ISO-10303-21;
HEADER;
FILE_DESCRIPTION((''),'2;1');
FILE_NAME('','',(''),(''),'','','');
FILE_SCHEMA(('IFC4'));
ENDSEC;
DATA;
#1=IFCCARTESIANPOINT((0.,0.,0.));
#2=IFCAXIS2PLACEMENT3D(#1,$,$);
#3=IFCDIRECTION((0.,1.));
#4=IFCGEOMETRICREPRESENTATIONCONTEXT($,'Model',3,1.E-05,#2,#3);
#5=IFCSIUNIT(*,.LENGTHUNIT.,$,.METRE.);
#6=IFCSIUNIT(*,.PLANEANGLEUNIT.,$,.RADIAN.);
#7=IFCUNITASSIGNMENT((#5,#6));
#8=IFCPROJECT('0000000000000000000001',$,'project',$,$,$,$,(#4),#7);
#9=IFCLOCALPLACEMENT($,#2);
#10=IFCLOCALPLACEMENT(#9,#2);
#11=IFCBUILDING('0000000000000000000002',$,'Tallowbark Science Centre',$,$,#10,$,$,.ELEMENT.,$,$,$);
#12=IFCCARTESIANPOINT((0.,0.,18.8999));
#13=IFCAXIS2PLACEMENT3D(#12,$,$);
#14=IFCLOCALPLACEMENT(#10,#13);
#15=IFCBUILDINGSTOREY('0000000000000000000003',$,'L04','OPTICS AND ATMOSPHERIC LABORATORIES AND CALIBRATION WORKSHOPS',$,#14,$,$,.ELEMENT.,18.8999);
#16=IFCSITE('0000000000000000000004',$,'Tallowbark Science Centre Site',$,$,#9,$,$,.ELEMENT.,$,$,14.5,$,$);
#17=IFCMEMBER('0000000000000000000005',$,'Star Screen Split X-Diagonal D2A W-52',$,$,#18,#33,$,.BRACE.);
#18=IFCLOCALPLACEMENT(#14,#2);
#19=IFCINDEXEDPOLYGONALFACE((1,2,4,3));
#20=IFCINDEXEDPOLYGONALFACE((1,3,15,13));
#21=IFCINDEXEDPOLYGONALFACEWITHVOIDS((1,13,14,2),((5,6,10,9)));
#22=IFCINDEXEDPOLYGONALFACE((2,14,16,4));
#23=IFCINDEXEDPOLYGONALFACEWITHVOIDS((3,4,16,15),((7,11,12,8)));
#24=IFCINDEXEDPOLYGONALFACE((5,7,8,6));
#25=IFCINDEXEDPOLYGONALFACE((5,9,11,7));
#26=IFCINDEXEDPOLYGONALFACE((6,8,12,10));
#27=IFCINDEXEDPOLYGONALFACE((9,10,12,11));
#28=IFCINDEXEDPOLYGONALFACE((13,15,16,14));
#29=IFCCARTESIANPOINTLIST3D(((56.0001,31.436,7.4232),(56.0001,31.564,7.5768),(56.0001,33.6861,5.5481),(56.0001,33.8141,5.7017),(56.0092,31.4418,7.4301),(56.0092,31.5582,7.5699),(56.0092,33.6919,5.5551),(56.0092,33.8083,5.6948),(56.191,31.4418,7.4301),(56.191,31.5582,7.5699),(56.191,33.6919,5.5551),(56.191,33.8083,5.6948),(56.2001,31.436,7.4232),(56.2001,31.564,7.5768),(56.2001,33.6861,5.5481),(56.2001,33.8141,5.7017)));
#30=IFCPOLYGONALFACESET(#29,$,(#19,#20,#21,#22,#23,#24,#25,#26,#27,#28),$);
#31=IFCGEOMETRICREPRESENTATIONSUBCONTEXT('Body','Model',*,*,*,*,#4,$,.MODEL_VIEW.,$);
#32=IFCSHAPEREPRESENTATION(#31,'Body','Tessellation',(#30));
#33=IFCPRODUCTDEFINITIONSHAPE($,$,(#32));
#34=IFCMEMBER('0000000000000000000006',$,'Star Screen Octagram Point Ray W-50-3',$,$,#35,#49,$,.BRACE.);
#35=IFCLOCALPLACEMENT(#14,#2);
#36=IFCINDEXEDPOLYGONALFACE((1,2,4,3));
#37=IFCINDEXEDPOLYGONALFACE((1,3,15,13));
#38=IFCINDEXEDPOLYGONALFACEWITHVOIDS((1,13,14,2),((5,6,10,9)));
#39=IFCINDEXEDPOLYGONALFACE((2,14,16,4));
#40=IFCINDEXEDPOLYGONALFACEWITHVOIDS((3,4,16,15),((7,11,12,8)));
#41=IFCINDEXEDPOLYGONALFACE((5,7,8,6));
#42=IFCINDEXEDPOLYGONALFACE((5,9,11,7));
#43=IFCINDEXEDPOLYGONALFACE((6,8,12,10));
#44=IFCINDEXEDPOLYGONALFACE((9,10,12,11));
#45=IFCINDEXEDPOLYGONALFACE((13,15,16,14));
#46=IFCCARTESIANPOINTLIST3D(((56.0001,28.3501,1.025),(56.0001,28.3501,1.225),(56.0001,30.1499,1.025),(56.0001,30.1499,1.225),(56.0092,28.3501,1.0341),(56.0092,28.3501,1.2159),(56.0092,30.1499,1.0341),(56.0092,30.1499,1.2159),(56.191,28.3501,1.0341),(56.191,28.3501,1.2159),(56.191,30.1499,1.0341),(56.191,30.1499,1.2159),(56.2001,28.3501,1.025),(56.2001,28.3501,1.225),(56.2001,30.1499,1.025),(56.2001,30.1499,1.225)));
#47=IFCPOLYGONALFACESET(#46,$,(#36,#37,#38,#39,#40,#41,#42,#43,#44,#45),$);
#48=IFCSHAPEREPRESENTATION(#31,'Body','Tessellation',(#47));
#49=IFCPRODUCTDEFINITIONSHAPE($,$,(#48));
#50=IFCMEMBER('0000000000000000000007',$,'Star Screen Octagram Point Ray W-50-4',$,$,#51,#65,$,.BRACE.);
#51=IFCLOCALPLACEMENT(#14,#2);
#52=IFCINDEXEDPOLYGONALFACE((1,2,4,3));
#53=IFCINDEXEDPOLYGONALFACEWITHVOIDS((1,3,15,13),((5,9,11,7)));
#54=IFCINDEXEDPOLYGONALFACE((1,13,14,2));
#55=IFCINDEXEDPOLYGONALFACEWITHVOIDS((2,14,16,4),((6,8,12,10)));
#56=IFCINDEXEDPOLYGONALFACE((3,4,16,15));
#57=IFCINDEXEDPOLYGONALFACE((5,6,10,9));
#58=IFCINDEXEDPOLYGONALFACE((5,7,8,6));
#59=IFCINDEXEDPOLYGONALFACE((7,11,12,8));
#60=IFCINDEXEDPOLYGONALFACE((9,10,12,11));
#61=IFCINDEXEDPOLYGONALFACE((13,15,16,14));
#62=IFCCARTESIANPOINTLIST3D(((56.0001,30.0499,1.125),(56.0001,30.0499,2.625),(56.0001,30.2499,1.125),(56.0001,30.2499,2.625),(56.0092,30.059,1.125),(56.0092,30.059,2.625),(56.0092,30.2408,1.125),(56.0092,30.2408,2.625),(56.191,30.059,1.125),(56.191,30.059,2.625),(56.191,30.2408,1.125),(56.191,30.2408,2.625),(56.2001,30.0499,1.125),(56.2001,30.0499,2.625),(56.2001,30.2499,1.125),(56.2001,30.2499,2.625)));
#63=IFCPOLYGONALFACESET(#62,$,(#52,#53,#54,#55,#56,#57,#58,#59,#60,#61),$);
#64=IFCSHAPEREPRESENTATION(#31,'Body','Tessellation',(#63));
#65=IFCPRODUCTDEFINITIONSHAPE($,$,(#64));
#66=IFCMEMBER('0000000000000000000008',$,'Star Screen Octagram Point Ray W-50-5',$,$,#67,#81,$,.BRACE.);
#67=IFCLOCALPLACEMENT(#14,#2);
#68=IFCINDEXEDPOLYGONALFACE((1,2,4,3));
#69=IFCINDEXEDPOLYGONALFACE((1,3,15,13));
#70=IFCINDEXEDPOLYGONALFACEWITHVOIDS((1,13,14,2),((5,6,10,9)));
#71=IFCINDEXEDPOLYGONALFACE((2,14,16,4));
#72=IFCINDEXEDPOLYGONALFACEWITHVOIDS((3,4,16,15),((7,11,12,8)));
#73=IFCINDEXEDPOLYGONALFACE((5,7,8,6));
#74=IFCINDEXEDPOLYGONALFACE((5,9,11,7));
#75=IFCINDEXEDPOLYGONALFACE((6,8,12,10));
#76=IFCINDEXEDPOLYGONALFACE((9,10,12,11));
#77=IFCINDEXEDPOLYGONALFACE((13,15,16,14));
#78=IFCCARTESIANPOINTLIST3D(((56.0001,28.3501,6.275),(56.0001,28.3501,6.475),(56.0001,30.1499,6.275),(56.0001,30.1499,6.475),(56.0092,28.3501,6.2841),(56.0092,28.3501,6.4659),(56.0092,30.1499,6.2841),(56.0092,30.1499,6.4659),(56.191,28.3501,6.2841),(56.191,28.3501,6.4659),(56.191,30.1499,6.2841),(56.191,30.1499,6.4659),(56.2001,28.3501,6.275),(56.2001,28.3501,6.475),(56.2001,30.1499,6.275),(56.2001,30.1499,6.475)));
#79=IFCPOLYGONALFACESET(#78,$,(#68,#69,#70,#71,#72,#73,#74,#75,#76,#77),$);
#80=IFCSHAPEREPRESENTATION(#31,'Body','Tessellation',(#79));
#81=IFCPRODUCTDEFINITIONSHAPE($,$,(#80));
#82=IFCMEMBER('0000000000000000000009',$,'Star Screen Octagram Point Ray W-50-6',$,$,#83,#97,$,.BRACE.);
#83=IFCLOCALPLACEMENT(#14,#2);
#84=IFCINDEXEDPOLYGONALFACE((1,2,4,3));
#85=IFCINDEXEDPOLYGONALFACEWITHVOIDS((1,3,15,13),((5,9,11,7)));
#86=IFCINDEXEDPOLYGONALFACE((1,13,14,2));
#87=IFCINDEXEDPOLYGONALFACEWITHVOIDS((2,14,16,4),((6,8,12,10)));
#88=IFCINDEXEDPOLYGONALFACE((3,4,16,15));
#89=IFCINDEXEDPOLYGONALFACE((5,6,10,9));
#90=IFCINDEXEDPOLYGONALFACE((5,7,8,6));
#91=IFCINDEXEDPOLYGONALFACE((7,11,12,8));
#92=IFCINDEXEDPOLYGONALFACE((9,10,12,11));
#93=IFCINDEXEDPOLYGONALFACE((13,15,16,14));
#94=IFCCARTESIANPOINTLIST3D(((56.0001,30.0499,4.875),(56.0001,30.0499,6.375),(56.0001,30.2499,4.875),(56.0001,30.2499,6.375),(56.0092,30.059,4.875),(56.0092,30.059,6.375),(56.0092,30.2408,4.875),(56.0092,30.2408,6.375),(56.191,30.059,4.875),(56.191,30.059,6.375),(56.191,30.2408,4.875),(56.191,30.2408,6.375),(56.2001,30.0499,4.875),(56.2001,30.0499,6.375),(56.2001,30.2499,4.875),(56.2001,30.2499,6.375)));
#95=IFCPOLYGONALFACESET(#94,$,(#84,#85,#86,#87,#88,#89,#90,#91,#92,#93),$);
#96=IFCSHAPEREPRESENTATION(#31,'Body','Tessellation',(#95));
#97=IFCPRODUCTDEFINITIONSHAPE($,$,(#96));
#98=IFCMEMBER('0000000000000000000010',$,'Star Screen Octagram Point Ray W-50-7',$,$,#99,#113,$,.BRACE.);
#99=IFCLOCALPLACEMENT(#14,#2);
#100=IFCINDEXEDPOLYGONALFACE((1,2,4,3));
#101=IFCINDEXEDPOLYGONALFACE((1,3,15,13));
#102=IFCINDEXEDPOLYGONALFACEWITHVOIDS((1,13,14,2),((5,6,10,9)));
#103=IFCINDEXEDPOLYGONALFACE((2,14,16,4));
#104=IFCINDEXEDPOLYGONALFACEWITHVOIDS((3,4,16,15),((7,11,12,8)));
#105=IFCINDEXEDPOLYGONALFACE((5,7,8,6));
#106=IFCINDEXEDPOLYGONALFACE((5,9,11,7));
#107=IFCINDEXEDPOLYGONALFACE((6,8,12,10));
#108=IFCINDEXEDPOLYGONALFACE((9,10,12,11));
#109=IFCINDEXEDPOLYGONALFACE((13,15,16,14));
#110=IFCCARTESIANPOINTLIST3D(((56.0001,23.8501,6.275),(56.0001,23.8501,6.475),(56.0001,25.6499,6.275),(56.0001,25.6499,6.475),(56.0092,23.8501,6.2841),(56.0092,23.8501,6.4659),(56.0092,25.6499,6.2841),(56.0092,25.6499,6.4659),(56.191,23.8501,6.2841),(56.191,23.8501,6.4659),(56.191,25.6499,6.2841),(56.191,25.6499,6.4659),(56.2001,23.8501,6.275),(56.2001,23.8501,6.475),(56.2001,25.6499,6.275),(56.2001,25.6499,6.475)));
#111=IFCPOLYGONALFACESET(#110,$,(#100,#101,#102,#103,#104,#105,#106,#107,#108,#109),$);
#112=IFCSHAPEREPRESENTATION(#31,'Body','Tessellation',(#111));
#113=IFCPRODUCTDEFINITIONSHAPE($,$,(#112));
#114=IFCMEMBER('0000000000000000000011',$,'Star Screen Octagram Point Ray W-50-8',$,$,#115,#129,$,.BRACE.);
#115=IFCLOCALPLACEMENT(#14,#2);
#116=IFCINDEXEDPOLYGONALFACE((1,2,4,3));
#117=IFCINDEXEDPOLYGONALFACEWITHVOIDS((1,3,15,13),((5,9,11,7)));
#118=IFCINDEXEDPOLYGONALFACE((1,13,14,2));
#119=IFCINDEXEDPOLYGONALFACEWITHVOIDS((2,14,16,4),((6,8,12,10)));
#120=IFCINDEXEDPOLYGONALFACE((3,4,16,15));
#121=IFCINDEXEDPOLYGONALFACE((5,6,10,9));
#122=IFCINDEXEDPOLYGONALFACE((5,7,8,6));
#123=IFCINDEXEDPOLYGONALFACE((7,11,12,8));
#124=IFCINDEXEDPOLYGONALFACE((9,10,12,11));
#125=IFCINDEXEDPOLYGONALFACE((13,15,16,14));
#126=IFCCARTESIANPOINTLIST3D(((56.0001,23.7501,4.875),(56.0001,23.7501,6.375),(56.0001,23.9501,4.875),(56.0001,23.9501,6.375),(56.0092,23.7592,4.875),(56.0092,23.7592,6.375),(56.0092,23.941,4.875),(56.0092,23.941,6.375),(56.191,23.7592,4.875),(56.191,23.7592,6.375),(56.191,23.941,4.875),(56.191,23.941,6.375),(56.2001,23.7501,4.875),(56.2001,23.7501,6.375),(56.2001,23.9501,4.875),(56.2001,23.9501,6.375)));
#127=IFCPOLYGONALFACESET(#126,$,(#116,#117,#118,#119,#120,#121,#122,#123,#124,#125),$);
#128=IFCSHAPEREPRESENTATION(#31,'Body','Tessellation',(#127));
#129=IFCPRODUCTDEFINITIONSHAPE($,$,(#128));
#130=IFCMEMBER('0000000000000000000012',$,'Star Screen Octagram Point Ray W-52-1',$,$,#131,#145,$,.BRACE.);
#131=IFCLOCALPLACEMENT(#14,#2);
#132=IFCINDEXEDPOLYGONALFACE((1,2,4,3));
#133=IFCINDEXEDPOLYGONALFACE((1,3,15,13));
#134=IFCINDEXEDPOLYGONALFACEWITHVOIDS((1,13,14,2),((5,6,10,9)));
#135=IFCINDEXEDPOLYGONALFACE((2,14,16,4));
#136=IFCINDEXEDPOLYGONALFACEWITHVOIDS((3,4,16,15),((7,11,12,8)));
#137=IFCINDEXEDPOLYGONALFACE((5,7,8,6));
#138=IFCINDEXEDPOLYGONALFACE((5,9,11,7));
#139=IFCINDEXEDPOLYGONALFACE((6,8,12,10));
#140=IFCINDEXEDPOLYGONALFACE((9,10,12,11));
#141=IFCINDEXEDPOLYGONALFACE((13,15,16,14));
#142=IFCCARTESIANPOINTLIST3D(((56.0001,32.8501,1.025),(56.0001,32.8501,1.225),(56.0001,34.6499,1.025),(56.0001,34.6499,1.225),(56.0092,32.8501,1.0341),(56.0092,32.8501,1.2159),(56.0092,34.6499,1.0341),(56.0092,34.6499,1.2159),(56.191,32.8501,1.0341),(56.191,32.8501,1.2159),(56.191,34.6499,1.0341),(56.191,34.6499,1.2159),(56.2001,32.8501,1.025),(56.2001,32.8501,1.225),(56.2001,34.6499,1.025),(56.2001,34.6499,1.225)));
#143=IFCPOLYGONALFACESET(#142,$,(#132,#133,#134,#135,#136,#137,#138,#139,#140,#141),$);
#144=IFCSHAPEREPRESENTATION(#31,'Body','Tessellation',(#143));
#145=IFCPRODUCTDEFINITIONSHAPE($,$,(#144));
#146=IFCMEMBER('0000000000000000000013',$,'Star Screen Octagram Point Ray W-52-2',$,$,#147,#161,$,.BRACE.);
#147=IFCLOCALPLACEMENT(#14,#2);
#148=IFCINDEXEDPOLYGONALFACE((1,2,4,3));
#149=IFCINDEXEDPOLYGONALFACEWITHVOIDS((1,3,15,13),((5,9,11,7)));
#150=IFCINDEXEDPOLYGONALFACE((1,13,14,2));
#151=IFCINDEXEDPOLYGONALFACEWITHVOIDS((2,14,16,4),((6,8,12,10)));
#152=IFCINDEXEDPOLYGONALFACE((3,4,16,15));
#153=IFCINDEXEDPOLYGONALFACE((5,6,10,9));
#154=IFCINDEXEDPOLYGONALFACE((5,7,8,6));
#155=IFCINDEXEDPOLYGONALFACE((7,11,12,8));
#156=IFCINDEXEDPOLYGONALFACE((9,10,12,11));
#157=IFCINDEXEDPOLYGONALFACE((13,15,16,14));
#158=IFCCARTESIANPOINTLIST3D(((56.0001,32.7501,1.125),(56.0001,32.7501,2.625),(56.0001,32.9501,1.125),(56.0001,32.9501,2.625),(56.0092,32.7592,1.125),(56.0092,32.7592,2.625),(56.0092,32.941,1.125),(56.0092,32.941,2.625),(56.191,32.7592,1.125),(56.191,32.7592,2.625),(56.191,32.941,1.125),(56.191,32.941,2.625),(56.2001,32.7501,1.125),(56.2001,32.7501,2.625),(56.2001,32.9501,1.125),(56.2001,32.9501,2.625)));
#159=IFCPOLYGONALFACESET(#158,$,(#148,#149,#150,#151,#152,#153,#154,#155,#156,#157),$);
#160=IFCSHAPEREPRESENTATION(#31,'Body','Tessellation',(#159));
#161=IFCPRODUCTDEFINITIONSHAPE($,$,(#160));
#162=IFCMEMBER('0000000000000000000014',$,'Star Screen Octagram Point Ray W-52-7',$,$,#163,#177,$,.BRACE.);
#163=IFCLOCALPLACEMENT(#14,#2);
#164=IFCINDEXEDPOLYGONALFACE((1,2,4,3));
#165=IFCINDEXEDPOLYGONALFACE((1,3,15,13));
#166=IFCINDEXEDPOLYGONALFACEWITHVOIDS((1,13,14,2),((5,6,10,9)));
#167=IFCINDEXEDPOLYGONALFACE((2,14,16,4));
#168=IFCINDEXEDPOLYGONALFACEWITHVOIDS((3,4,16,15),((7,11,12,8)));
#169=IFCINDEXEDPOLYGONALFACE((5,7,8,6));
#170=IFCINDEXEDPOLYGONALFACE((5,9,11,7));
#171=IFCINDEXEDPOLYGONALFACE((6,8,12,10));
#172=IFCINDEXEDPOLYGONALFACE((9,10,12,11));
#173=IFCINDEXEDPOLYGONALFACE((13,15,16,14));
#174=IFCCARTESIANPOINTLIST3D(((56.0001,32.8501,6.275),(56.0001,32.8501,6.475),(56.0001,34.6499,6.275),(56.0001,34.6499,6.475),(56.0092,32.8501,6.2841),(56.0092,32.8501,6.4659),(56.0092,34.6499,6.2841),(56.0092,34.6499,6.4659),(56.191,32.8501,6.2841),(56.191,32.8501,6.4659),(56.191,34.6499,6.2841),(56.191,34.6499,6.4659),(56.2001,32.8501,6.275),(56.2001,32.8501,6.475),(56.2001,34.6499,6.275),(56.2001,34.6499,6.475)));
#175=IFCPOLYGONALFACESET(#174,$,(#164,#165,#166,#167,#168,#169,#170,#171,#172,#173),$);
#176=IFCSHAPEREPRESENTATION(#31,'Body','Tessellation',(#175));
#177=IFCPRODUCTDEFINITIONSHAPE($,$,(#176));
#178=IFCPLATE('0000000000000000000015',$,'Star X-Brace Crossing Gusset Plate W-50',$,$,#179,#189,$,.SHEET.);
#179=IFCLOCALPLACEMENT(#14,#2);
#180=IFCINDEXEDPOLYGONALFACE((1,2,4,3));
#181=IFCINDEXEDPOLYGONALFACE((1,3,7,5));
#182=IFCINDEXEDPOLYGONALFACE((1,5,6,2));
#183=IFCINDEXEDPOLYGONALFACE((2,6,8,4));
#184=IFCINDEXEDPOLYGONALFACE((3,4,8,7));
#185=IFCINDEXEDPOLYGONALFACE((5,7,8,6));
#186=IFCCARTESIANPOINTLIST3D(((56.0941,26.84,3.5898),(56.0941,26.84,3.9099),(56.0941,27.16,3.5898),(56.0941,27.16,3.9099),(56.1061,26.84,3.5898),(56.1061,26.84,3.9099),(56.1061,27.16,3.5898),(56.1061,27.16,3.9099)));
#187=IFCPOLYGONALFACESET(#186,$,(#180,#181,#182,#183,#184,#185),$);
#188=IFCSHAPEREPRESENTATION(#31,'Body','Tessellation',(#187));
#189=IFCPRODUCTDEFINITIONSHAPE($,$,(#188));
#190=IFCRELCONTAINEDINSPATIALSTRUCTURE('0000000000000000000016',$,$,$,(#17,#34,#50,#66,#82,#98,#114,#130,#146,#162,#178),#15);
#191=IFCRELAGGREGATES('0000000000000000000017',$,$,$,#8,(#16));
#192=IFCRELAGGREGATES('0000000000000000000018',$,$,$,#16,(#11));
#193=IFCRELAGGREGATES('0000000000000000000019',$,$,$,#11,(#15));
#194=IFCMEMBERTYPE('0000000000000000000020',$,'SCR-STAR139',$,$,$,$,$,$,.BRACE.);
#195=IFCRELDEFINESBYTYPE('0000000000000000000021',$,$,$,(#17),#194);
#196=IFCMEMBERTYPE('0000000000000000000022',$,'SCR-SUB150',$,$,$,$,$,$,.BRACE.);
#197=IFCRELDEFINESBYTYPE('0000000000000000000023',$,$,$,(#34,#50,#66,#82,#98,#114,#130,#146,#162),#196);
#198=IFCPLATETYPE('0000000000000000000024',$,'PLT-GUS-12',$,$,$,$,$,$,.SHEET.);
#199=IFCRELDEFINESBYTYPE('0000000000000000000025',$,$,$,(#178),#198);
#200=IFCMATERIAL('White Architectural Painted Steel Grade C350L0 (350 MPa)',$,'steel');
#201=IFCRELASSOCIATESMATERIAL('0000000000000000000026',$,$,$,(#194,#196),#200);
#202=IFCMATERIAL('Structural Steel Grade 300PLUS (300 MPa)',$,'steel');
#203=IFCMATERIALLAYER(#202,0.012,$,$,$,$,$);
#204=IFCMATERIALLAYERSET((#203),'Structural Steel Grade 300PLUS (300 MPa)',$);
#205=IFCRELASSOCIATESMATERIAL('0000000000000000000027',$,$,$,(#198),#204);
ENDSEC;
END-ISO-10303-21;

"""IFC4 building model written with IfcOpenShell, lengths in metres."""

from ifc_helpers import new_model, si_unit, direction, frame, origin, origin_2d, place, context, subcontext, project, spatial, rectangle, hollow_rectangle, extrude, material, layer, layer_set, material_profile, profile_set, type_object, element, save


model = new_model("IFC4")

# Units and contexts
model_context = context("Model", 3, precision=1e-05, world=origin(), true_north=direction((0.0, 1.0)))
body_context = subcontext(model_context, "Body", "Model", "MODEL_VIEW")
ifc_project = project(units=[si_unit("LENGTHUNIT", "METRE"), si_unit("PLANEANGLEUNIT", "RADIAN")], contexts=[model_context])

# Site, building, storey
site_placement = place(None, origin())
site = spatial("IfcSite", under=ifc_project, at=site_placement, Name="Tallowbark Science Centre Site", CompositionType="ELEMENT", RefElevation=14.5)
building_placement = place(site_placement, origin())
building = spatial("IfcBuilding", under=site, at=building_placement, Name="Tallowbark Science Centre", CompositionType="ELEMENT")
storey_placement = place(building_placement, frame((0.0, 0.0, 18.8999)))
storey = spatial("IfcBuildingStorey", under=building, at=storey_placement, Name="L04", Description="OPTICS AND ATMOSPHERIC LABORATORIES AND CALIBRATION WORKSHOPS", CompositionType="ELEMENT", Elevation=18.8999)

# Shared definitions
ifc_material_1 = material(Name="White Architectural Painted Steel Grade C350L0 (350 MPa)", Category="steel")

# Members
ifc_material_profile_1 = material_profile(ifc_material_1, hollow_rectangle(XDim=0.2, YDim=0.2, WallThickness=0.009, at=origin_2d()), Name="200x200x9.0SHS")
ifc_profile_set_1 = profile_set([ifc_material_profile_1], Name="White Architectural Painted Steel Grade C350L0 (350 MPa)")
member_type_1 = type_object("IfcMemberType", Name="SCR-STAR139", PredefinedType="BRACE", material=ifc_profile_set_1)
for number, where, z_axis, x_axis, name in (
    (1, (56.1001, 31.5, 7.5), (0.0, 0.768221, -0.640184), (-1.0, 0.0, 0.0), "Star Screen Split X-Diagonal D2A W-52"),
):
    element("IfcMember", number, at=place(storey_placement, frame(where, z_axis=z_axis, x_axis=x_axis)), inside=storey, type_object=member_type_1, Name=name, PredefinedType="BRACE", context=body_context, shape_type="SweptSolid", body=[
        extrude(hollow_rectangle(XDim=0.2, YDim=0.2, WallThickness=0.009, at=origin_2d()), origin(), (0.0, 0.0, 1.0), 2.929),
    ])
ifc_material_profile_2 = material_profile(ifc_material_1, hollow_rectangle(XDim=0.2, YDim=0.2, WallThickness=0.009, at=origin_2d()), Name="200x200x9.0SHS")
ifc_profile_set_2 = profile_set([ifc_material_profile_2], Name="White Architectural Painted Steel Grade C350L0 (350 MPa)")
member_type_2 = type_object("IfcMemberType", Name="SCR-SUB150", PredefinedType="BRACE", material=ifc_profile_set_2)
member_1_placement = place(storey_placement, frame((56.1001, 30.1499, 1.125), z_axis=(0.0, -1.0, 0.0), x_axis=(1.0, 0.0, 0.0)))
element("IfcMember", 2, at=member_1_placement, inside=storey, type_object=member_type_2, Name="Star Screen Octagram Point Ray W-50-3", PredefinedType="BRACE", context=body_context, shape_type="SweptSolid", body=[
    extrude(hollow_rectangle(XDim=0.2, YDim=0.2, WallThickness=0.009, at=origin_2d()), origin(), (0.0, 0.0, 1.0), 1.7998),
])
member_2_placement = place(storey_placement, frame((56.1001, 30.1499, 1.125), z_axis=(0.0, 0.0, 1.0), x_axis=(1.0, 0.0, 0.0)))
element("IfcMember", 3, at=member_2_placement, inside=storey, type_object=member_type_2, Name="Star Screen Octagram Point Ray W-50-4", PredefinedType="BRACE", context=body_context, shape_type="SweptSolid", body=[
    extrude(hollow_rectangle(XDim=0.2, YDim=0.2, WallThickness=0.009, at=origin_2d()), origin(), (0.0, 0.0, 1.0), 1.5),
])
member_3_placement = place(storey_placement, frame((56.1001, 30.1499, 6.375), z_axis=(0.0, -1.0, 0.0), x_axis=(1.0, 0.0, 0.0)))
element("IfcMember", 4, at=member_3_placement, inside=storey, type_object=member_type_2, Name="Star Screen Octagram Point Ray W-50-5", PredefinedType="BRACE", context=body_context, shape_type="SweptSolid", body=[
    extrude(hollow_rectangle(XDim=0.2, YDim=0.2, WallThickness=0.009, at=origin_2d()), origin(), (0.0, 0.0, 1.0), 1.7998),
])
member_4_placement = place(storey_placement, frame((56.1001, 30.1499, 6.375), z_axis=(0.0, 0.0, -1.0), x_axis=(1.0, 0.0, 0.0)))
element("IfcMember", 5, at=member_4_placement, inside=storey, type_object=member_type_2, Name="Star Screen Octagram Point Ray W-50-6", PredefinedType="BRACE", context=body_context, shape_type="SweptSolid", body=[
    extrude(hollow_rectangle(XDim=0.2, YDim=0.2, WallThickness=0.009, at=origin_2d()), origin(), (0.0, 0.0, 1.0), 1.5),
])
member_5_placement = place(storey_placement, frame((56.1001, 23.8501, 6.375), z_axis=(0.0, 1.0, 0.0), x_axis=(-1.0, 0.0, 0.0)))
element("IfcMember", 6, at=member_5_placement, inside=storey, type_object=member_type_2, Name="Star Screen Octagram Point Ray W-50-7", PredefinedType="BRACE", context=body_context, shape_type="SweptSolid", body=[
    extrude(hollow_rectangle(XDim=0.2, YDim=0.2, WallThickness=0.009, at=origin_2d()), origin(), (0.0, 0.0, 1.0), 1.7998),
])
member_6_placement = place(storey_placement, frame((56.1001, 23.8501, 6.375), z_axis=(0.0, 0.0, -1.0), x_axis=(1.0, 0.0, 0.0)))
element("IfcMember", 7, at=member_6_placement, inside=storey, type_object=member_type_2, Name="Star Screen Octagram Point Ray W-50-8", PredefinedType="BRACE", context=body_context, shape_type="SweptSolid", body=[
    extrude(hollow_rectangle(XDim=0.2, YDim=0.2, WallThickness=0.009, at=origin_2d()), origin(), (0.0, 0.0, 1.0), 1.5),
])
member_7_placement = place(storey_placement, frame((56.1001, 32.8501, 1.125), z_axis=(0.0, 1.0, 0.0), x_axis=(-1.0, 0.0, 0.0)))
element("IfcMember", 8, at=member_7_placement, inside=storey, type_object=member_type_2, Name="Star Screen Octagram Point Ray W-52-1", PredefinedType="BRACE", context=body_context, shape_type="SweptSolid", body=[
    extrude(hollow_rectangle(XDim=0.2, YDim=0.2, WallThickness=0.009, at=origin_2d()), origin(), (0.0, 0.0, 1.0), 1.7998),
])
member_8_placement = place(storey_placement, frame((56.1001, 32.8501, 1.125), z_axis=(0.0, 0.0, 1.0), x_axis=(1.0, 0.0, 0.0)))
element("IfcMember", 9, at=member_8_placement, inside=storey, type_object=member_type_2, Name="Star Screen Octagram Point Ray W-52-2", PredefinedType="BRACE", context=body_context, shape_type="SweptSolid", body=[
    extrude(hollow_rectangle(XDim=0.2, YDim=0.2, WallThickness=0.009, at=origin_2d()), origin(), (0.0, 0.0, 1.0), 1.5),
])
member_9_placement = place(storey_placement, frame((56.1001, 32.8501, 6.375), z_axis=(0.0, 1.0, 0.0), x_axis=(-1.0, 0.0, 0.0)))
element("IfcMember", 10, at=member_9_placement, inside=storey, type_object=member_type_2, Name="Star Screen Octagram Point Ray W-52-7", PredefinedType="BRACE", context=body_context, shape_type="SweptSolid", body=[
    extrude(hollow_rectangle(XDim=0.2, YDim=0.2, WallThickness=0.009, at=origin_2d()), origin(), (0.0, 0.0, 1.0), 1.7998),
])

# Plate
ifc_material_2 = material(Name="Structural Steel Grade 300PLUS (300 MPa)", Category="steel")
ifc_layer_1 = layer(ifc_material_2, 0.012)
ifc_layer_set_1 = layer_set([ifc_layer_1], Name="Structural Steel Grade 300PLUS (300 MPa)")
plate_type_1 = type_object("IfcPlateType", Name="PLT-GUS-12", PredefinedType="SHEET", material=ifc_layer_set_1)
plate_1_placement = place(storey_placement, frame((56.1001, 27.0, 3.5898), z_axis=(0.0, 0.0, 1.0), x_axis=(0.0, 1.0, 0.0)))
element("IfcPlate", 11, at=plate_1_placement, inside=storey, type_object=plate_type_1, Name="Star X-Brace Crossing Gusset Plate W-50", PredefinedType="SHEET", context=body_context, shape_type="SweptSolid", body=[
    extrude(rectangle(XDim=0.3201, YDim=0.012, at=origin_2d()), origin(), (0.0, 0.0, 1.0), 0.3201),
])

save(model, "model.ifc")
